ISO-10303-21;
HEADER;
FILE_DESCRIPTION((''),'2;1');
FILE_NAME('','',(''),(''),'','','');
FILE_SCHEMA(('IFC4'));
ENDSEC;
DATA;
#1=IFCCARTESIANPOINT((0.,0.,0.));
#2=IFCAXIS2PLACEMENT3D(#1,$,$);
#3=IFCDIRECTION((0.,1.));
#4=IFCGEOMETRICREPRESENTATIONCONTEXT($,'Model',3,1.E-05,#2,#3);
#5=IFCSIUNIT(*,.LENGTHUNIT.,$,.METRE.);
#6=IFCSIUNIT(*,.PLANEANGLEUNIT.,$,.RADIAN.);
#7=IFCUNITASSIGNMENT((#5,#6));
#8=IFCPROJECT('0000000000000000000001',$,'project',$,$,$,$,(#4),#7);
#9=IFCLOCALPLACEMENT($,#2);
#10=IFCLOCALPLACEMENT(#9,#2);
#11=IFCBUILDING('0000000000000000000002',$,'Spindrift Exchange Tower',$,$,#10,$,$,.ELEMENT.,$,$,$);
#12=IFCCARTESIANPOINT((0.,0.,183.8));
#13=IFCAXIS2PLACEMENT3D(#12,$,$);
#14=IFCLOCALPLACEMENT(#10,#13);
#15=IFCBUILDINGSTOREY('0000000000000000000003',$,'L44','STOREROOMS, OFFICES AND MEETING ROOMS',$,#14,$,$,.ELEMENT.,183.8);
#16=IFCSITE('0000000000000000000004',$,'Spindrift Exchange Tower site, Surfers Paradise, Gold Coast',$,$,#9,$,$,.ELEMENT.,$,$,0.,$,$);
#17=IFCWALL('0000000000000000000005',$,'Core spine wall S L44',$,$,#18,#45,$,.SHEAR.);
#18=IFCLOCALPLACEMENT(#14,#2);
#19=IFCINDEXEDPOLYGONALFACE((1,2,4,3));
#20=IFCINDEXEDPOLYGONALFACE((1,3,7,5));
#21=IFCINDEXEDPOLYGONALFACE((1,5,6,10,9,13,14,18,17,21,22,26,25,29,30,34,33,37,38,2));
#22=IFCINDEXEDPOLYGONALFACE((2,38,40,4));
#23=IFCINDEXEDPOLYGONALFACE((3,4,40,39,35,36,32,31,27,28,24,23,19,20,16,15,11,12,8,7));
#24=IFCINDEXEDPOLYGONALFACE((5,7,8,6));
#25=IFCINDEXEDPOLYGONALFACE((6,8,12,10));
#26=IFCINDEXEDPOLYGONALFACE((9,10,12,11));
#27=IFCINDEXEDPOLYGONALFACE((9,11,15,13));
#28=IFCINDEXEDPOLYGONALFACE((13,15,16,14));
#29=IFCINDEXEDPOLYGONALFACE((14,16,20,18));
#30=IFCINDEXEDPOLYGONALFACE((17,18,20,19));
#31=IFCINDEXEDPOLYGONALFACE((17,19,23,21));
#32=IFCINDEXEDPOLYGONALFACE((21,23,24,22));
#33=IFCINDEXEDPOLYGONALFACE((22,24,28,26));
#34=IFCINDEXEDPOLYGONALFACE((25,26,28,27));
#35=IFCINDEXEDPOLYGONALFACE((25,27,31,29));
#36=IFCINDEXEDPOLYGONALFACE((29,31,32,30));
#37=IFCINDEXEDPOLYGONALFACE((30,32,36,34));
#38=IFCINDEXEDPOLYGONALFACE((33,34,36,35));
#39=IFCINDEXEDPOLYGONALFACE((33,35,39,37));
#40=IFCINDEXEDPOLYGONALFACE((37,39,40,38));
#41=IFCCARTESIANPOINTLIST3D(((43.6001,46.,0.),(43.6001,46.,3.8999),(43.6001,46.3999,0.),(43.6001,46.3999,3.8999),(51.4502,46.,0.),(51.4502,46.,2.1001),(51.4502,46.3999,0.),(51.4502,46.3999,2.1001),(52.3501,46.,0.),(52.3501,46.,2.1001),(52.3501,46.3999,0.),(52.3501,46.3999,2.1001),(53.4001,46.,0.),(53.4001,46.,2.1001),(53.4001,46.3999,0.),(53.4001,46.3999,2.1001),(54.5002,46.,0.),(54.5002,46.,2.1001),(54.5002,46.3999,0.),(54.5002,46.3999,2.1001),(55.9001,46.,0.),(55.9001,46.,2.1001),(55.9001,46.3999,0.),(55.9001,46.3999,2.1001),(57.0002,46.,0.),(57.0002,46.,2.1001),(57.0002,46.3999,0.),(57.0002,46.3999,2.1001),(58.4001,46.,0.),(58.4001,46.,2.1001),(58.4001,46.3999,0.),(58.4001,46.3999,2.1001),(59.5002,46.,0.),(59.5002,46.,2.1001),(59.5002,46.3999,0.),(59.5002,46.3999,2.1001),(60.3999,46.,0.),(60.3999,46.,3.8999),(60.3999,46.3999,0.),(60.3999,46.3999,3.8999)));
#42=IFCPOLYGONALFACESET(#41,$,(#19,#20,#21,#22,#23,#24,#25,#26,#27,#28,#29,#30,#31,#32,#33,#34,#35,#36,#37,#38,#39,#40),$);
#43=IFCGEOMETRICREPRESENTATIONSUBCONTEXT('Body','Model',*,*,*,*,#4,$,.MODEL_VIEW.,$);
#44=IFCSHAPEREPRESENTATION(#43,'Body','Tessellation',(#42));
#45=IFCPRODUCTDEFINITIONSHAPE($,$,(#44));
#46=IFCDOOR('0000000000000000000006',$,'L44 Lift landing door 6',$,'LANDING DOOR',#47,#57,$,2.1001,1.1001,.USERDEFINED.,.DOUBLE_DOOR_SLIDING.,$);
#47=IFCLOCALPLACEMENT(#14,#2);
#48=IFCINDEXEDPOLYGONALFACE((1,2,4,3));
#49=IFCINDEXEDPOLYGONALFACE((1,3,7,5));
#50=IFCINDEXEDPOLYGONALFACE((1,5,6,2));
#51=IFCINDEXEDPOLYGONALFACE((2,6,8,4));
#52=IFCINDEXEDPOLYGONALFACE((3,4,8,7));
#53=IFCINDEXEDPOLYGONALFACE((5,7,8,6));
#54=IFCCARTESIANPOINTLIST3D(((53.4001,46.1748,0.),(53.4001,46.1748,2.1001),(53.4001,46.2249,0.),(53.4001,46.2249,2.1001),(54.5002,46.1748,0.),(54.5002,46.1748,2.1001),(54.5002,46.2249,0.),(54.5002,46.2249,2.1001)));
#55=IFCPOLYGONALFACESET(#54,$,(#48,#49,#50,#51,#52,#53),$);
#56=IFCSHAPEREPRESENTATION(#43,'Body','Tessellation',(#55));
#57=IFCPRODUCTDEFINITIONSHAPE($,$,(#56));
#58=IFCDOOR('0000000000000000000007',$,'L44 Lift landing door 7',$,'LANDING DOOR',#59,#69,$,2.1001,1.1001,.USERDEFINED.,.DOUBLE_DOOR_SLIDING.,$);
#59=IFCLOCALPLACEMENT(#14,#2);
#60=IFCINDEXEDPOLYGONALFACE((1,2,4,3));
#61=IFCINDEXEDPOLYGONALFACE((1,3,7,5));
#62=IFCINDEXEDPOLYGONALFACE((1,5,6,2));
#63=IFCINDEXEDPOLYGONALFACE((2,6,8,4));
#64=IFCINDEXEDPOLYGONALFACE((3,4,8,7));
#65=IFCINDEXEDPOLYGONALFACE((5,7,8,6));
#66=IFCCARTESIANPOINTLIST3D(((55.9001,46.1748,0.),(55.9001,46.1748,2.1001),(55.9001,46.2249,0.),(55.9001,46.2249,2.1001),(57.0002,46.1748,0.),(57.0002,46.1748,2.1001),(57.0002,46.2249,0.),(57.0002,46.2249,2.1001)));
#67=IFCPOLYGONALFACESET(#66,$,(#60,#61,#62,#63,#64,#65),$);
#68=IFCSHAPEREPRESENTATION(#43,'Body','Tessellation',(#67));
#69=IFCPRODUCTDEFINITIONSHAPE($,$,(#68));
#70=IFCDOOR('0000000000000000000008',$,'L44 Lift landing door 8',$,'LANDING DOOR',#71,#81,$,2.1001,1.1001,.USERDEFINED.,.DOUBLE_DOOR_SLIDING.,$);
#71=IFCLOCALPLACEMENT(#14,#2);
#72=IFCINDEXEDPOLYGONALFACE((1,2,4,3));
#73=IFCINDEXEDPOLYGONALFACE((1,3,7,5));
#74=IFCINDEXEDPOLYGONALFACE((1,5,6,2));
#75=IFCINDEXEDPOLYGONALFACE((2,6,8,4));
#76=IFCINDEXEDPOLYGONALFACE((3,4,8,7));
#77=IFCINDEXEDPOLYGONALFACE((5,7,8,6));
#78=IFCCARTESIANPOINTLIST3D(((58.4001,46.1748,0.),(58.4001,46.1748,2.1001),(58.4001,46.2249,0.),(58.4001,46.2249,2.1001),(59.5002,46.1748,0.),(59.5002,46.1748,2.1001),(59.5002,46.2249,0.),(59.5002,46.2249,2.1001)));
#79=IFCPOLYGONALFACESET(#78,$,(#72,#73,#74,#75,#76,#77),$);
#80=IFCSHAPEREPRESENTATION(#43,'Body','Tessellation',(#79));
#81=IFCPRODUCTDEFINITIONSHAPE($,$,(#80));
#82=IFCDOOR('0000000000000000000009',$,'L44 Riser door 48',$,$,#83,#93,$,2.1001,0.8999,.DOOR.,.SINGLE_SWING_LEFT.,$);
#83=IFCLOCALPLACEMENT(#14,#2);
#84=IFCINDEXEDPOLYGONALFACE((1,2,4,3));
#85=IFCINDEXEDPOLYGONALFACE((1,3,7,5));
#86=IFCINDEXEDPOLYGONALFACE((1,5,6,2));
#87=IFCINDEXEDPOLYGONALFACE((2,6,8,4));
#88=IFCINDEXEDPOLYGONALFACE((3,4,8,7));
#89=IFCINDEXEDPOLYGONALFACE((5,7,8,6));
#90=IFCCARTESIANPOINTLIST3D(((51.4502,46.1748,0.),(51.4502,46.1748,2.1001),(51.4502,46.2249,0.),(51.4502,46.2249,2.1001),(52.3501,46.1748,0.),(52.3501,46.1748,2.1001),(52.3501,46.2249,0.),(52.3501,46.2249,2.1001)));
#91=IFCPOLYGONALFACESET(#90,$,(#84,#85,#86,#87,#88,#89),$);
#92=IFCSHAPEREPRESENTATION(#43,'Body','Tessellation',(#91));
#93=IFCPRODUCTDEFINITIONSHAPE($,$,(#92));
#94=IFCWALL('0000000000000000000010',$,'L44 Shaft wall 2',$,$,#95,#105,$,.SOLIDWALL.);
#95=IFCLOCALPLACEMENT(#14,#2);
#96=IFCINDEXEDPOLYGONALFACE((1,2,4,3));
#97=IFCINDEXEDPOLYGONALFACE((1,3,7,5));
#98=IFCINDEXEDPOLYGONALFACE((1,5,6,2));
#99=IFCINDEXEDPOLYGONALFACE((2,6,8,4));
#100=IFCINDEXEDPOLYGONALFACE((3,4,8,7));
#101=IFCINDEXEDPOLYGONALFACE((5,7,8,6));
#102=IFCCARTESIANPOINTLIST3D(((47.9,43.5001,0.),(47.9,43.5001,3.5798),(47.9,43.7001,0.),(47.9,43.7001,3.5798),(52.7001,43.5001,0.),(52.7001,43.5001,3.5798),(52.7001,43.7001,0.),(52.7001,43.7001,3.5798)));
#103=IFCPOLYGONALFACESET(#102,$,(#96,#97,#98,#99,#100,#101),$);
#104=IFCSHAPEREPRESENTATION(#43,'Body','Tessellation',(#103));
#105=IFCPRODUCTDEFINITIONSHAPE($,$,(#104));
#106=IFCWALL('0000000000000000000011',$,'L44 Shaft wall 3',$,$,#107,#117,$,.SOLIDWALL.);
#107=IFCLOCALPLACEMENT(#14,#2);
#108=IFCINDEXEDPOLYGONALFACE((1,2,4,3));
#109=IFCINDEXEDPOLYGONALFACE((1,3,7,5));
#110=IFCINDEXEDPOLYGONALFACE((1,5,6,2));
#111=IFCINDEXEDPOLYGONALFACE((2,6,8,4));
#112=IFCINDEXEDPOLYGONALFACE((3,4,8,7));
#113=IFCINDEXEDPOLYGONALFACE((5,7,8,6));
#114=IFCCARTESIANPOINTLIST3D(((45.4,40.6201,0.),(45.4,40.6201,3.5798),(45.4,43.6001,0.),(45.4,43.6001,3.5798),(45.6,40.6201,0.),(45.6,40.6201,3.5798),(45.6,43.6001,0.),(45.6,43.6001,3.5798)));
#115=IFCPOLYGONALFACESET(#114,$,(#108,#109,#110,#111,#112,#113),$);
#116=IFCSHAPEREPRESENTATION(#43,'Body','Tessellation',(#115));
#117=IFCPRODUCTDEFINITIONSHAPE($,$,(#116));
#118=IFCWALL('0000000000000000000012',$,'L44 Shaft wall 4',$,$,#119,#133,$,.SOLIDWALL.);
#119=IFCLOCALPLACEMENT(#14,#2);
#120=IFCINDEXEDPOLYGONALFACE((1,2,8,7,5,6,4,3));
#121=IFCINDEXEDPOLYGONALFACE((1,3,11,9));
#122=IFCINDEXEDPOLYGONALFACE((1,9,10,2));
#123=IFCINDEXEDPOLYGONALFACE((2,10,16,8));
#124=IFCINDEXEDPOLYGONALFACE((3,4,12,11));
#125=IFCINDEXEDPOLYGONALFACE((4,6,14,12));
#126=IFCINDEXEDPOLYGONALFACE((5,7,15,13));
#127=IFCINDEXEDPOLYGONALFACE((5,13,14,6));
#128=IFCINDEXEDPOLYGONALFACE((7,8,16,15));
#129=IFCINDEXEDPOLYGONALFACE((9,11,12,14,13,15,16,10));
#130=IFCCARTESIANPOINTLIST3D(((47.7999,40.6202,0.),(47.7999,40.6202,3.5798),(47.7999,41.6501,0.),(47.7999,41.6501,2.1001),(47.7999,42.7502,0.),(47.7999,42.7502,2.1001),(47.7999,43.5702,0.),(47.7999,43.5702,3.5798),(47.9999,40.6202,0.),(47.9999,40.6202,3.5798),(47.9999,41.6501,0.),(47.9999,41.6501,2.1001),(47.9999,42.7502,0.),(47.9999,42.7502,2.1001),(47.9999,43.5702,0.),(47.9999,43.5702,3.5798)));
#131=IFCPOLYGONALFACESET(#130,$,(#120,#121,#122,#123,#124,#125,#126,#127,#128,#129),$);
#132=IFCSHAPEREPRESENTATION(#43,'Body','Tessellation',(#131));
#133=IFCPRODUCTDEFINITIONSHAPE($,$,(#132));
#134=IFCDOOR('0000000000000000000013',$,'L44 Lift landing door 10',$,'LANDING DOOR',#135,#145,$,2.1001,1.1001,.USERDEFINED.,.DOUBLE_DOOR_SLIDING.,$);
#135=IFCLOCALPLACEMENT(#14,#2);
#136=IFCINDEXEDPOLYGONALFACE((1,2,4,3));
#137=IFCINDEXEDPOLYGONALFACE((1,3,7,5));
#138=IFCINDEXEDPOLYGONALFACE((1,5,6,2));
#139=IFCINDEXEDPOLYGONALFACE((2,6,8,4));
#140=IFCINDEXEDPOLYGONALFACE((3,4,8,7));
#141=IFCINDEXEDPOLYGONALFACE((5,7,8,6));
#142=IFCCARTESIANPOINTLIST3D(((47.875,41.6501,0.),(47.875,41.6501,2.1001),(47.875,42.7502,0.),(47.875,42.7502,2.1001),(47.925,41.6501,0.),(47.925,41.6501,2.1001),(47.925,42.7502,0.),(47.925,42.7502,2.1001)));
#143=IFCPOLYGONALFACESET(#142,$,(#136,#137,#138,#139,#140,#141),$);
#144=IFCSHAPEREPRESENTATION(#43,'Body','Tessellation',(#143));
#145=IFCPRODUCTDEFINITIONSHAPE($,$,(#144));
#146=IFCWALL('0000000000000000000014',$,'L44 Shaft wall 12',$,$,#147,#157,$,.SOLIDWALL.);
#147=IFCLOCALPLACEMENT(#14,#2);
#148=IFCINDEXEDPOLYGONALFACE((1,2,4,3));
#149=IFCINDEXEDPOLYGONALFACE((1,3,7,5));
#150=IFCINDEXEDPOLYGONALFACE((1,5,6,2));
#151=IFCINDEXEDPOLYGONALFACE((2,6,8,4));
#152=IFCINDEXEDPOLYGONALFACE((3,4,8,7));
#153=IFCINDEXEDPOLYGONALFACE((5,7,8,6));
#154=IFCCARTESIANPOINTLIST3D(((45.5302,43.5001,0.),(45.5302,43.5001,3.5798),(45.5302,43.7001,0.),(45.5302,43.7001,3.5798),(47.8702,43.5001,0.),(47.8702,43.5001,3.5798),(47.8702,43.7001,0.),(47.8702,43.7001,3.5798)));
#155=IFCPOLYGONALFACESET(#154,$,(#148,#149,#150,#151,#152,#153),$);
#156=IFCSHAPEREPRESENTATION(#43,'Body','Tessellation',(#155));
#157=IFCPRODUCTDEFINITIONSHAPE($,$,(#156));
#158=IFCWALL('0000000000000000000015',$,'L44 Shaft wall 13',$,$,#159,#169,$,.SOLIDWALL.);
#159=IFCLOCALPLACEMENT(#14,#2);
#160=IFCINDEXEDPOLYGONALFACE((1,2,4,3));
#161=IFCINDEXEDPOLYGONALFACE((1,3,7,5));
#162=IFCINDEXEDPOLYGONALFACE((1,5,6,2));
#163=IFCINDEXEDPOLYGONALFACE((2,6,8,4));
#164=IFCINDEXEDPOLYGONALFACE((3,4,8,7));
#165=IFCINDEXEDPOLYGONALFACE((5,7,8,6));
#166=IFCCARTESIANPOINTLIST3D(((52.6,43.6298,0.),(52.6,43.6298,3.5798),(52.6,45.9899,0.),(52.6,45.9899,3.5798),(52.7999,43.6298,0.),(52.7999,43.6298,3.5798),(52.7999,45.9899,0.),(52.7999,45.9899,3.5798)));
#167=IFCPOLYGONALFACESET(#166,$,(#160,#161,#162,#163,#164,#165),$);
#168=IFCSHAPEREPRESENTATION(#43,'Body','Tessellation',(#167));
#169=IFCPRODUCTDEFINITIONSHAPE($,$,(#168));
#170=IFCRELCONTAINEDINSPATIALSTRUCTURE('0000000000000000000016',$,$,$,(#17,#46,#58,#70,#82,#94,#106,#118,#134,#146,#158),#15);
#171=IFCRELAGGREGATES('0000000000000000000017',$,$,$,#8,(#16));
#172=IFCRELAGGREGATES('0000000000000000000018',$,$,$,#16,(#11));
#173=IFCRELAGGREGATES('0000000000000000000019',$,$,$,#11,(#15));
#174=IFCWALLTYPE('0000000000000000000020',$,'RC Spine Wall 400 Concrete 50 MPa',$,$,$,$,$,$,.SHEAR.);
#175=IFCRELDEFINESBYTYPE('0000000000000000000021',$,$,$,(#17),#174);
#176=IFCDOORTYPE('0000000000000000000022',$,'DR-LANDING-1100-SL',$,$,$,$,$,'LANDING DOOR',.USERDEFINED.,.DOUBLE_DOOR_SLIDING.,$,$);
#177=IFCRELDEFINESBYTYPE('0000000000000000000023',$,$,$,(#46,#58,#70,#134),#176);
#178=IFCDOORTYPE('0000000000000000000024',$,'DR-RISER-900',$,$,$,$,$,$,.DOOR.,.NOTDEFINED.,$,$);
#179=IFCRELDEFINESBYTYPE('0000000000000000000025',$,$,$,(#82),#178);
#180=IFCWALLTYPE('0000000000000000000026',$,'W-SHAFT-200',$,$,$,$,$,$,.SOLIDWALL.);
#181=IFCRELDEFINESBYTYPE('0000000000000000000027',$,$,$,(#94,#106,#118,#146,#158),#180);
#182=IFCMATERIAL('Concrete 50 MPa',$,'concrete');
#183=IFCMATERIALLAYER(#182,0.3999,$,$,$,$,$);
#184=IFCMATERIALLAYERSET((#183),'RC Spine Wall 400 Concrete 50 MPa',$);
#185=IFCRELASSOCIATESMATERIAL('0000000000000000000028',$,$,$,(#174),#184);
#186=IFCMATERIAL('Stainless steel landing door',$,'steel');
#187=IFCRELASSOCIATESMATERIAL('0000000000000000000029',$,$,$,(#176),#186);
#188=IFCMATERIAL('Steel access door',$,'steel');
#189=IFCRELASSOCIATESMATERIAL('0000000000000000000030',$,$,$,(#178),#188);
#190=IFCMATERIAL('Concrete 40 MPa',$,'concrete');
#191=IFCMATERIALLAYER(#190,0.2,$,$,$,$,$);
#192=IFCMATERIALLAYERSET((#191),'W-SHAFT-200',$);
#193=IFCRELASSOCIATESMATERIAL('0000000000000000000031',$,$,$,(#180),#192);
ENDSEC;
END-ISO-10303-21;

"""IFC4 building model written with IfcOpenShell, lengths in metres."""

from ifc_helpers import new_model, si_unit, direction, frame, frame_2d, origin, place, context, subcontext, project, spatial, rectangle, extrude, source, transform, mapped, material, layer, layer_set, type_object, element, fill, save


model = new_model("IFC4")

# Units and contexts
model_context = context("Model", 3, precision=1e-05, world=origin(), true_north=direction((0.0, 1.0)))
body_context = subcontext(model_context, "Body", "Model", "MODEL_VIEW")
ifc_project = project(units=[si_unit("LENGTHUNIT", "METRE"), si_unit("PLANEANGLEUNIT", "RADIAN")], contexts=[model_context])

# Site, building, storey
site_placement = place(None, origin())
site = spatial("IfcSite", under=ifc_project, at=site_placement, Name="Spindrift Exchange Tower site, Surfers Paradise, Gold Coast", CompositionType="ELEMENT", RefElevation=0.0)
building_placement = place(site_placement, origin())
building = spatial("IfcBuilding", under=site, at=building_placement, Name="Spindrift Exchange Tower", CompositionType="ELEMENT")
storey_placement = place(building_placement, frame((0.0, 0.0, 183.8)))
storey = spatial("IfcBuildingStorey", under=building, at=storey_placement, Name="L44", Description="STOREROOMS, OFFICES AND MEETING ROOMS", CompositionType="ELEMENT", Elevation=183.8)

# Wall, openings, doors
ifc_material_1 = material(Name="Concrete 50 MPa", Category="concrete")
ifc_material_2 = material(Name="Steel access door", Category="steel")
ifc_layer_1 = layer(ifc_material_1, 0.3999)
ifc_layer_set_1 = layer_set([ifc_layer_1], Name="RC Spine Wall 400 Concrete 50 MPa")
wall_type_1 = type_object("IfcWallType", Name="RC Spine Wall 400 Concrete 50 MPa", PredefinedType="SHEAR", material=ifc_layer_set_1)
wall_1_placement = place(storey_placement, frame((43.6001, 46.2, 0.0), z_axis=(0.0, 0.0, 1.0), x_axis=(1.0, 0.0, 0.0)))
wall_1 = element("IfcWall", 1, at=wall_1_placement, inside=storey, type_object=wall_type_1, Name="Core spine wall S L44", PredefinedType="SHEAR", context=body_context, shape_type="SweptSolid", body=[
    extrude(rectangle(XDim=16.7998, YDim=0.3999, at=frame_2d((8.3999, 0.0))), origin(), (0.0, 0.0, 1.0), 3.8999),
])
opening_1_placement = place(wall_1_placement, frame((9.8, 0.0, 0.0)))
opening_1 = element("IfcOpeningElement", 2, at=opening_1_placement, cuts=wall_1, PredefinedType="OPENING", context=body_context, shape_type="SweptSolid", body=[
    extrude(rectangle(XDim=1.1001, YDim=2.1001, at=frame_2d((0.55, 1.05))), frame((0.0, 0.21, 0.0), z_axis=(0.0, -1.0, 0.0), x_axis=(1.0, 0.0, 0.0)), (0.0, 0.0, 1.0), 0.4199),
])
opening_2_placement = place(wall_1_placement, frame((12.3, 0.0, 0.0)))
opening_2 = element("IfcOpeningElement", 3, at=opening_2_placement, cuts=wall_1, PredefinedType="OPENING", context=body_context, shape_type="SweptSolid", body=[
    extrude(rectangle(XDim=1.1001, YDim=2.1001, at=frame_2d((0.55, 1.05))), frame((0.0, 0.21, 0.0), z_axis=(0.0, -1.0, 0.0), x_axis=(1.0, 0.0, 0.0)), (0.0, 0.0, 1.0), 0.4199),
])
opening_3_placement = place(wall_1_placement, frame((14.8, 0.0, 0.0)))
opening_3 = element("IfcOpeningElement", 4, at=opening_3_placement, cuts=wall_1, PredefinedType="OPENING", context=body_context, shape_type="SweptSolid", body=[
    extrude(rectangle(XDim=1.1001, YDim=2.1001, at=frame_2d((0.55, 1.05))), frame((0.0, 0.21, 0.0), z_axis=(0.0, -1.0, 0.0), x_axis=(1.0, 0.0, 0.0)), (0.0, 0.0, 1.0), 0.4199),
])
opening_4_placement = place(wall_1_placement, frame((7.8501, 0.0, 0.0)))
opening_4 = element("IfcOpeningElement", 5, at=opening_4_placement, cuts=wall_1, PredefinedType="OPENING", context=body_context, shape_type="SweptSolid", body=[
    extrude(rectangle(XDim=0.8999, YDim=2.1001, at=frame_2d((0.45, 1.05))), frame((0.0, 0.21, 0.0), z_axis=(0.0, -1.0, 0.0), x_axis=(1.0, 0.0, 0.0)), (0.0, 0.0, 1.0), 0.4199),
])
ifc_material_3 = material(Name="Stainless steel landing door", Category="steel")
door_type_1 = type_object("IfcDoorType", Name="DR-LANDING-1100-SL", ElementType="LANDING DOOR", OperationType="DOUBLE_DOOR_SLIDING", PredefinedType="USERDEFINED", material=ifc_material_3)
shared_shape_1 = source(origin(), body_context, "Body", "SweptSolid", [
    extrude(rectangle(XDim=1.1001, YDim=2.1001, at=frame_2d((0.55, 1.05))), frame((0.0, 0.0249, 0.0), z_axis=(0.0, -1.0, 0.0), x_axis=(1.0, 0.0, 0.0)), (0.0, 0.0, 1.0), 0.05),
])
door_1_placement = place(opening_1_placement, origin())
door_1 = element("IfcDoor", 6, at=door_1_placement, inside=storey, type_object=door_type_1, Name="L44 Lift landing door 6", ObjectType="LANDING DOOR", OperationType="DOUBLE_DOOR_SLIDING", OverallHeight=2.1001, OverallWidth=1.1001, PredefinedType="USERDEFINED", context=body_context, shape_type="MappedRepresentation", body=[
    mapped(shared_shape_1, transform((0.0, 0.0, 0.0), scale=1.0)),
])
fill(opening_1, door_1)
door_2_placement = place(opening_2_placement, origin())
door_2 = element("IfcDoor", 7, at=door_2_placement, inside=storey, type_object=door_type_1, Name="L44 Lift landing door 7", ObjectType="LANDING DOOR", OperationType="DOUBLE_DOOR_SLIDING", OverallHeight=2.1001, OverallWidth=1.1001, PredefinedType="USERDEFINED", context=body_context, shape_type="MappedRepresentation", body=[
    mapped(shared_shape_1, transform((0.0, 0.0, 0.0), scale=1.0)),
])
fill(opening_2, door_2)
door_3_placement = place(opening_3_placement, origin())
door_3 = element("IfcDoor", 8, at=door_3_placement, inside=storey, type_object=door_type_1, Name="L44 Lift landing door 8", ObjectType="LANDING DOOR", OperationType="DOUBLE_DOOR_SLIDING", OverallHeight=2.1001, OverallWidth=1.1001, PredefinedType="USERDEFINED", context=body_context, shape_type="MappedRepresentation", body=[
    mapped(shared_shape_1, transform((0.0, 0.0, 0.0), scale=1.0)),
])
fill(opening_3, door_3)
door_type_2 = type_object("IfcDoorType", Name="DR-RISER-900", OperationType="NOTDEFINED", PredefinedType="DOOR", material=ifc_material_2)
shared_shape_2 = source(origin(), body_context, "Body", "SweptSolid", [
    extrude(rectangle(XDim=0.8999, YDim=2.1001, at=frame_2d((0.45, 1.05))), frame((0.0, 0.0249, 0.0), z_axis=(0.0, -1.0, 0.0), x_axis=(1.0, 0.0, 0.0)), (0.0, 0.0, 1.0), 0.05),
])
door_4_placement = place(opening_4_placement, origin())
door_4 = element("IfcDoor", 9, at=door_4_placement, inside=storey, type_object=door_type_2, Name="L44 Riser door 48", OperationType="SINGLE_SWING_LEFT", OverallHeight=2.1001, OverallWidth=0.8999, PredefinedType="DOOR", context=body_context, shape_type="MappedRepresentation", body=[
    mapped(shared_shape_2, transform((0.0, 0.0, 0.0), scale=1.0)),
])
fill(opening_4, door_4)

# Walls
ifc_material_4 = material(Name="Concrete 40 MPa", Category="concrete")
ifc_layer_2 = layer(ifc_material_4, 0.2)
ifc_layer_set_2 = layer_set([ifc_layer_2], Name="W-SHAFT-200")
wall_type_2 = type_object("IfcWallType", Name="W-SHAFT-200", PredefinedType="SOLIDWALL", material=ifc_layer_set_2)
wall_2_placement = place(storey_placement, frame((52.7, 43.6001, 0.0), z_axis=(0.0, 0.0, 1.0), x_axis=(-1.0, 0.0, 0.0)))
element("IfcWall", 10, at=wall_2_placement, inside=storey, type_object=wall_type_2, Name="L44 Shaft wall 2", PredefinedType="SOLIDWALL", context=body_context, shape_type="SweptSolid", body=[
    extrude(rectangle(XDim=4.8, YDim=0.2, at=frame_2d((2.3999, 0.0))), origin(), (0.0, 0.0, 1.0), 3.5798),
])
wall_3_placement = place(storey_placement, frame((45.5, 43.6001, 0.0), z_axis=(0.0, 0.0, 1.0), x_axis=(0.0, -1.0, 0.0)))
element("IfcWall", 11, at=wall_3_placement, inside=storey, type_object=wall_type_2, Name="L44 Shaft wall 3", PredefinedType="SOLIDWALL", context=body_context, shape_type="SweptSolid", body=[
    extrude(rectangle(XDim=2.98, YDim=0.2, at=frame_2d((1.49, 0.0))), origin(), (0.0, 0.0, 1.0), 3.5798),
])

# Wall, opening, door
wall_4_placement = place(storey_placement, frame((47.8999, 40.6201, 0.0), z_axis=(0.0, 0.0, 1.0), x_axis=(0.0, 1.0, 0.0)))
wall_4 = element("IfcWall", 12, at=wall_4_placement, inside=storey, type_object=wall_type_2, Name="L44 Shaft wall 4", PredefinedType="SOLIDWALL", context=body_context, shape_type="SweptSolid", body=[
    extrude(rectangle(XDim=2.95, YDim=0.2, at=frame_2d((1.4751, 0.0))), origin(), (0.0, 0.0, 1.0), 3.5798),
])
opening_5_placement = place(wall_4_placement, frame((1.03, 0.0, 0.0)))
opening_5 = element("IfcOpeningElement", 13, at=opening_5_placement, cuts=wall_4, PredefinedType="OPENING", context=body_context, shape_type="SweptSolid", body=[
    extrude(rectangle(XDim=1.1001, YDim=2.1001, at=frame_2d((0.55, 1.05))), frame((0.0, 0.1099, 0.0), z_axis=(0.0, -1.0, 0.0), x_axis=(1.0, 0.0, 0.0)), (0.0, 0.0, 1.0), 0.22),
])
door_5_placement = place(opening_5_placement, origin())
door_5 = element("IfcDoor", 14, at=door_5_placement, inside=storey, type_object=door_type_1, Name="L44 Lift landing door 10", ObjectType="LANDING DOOR", OperationType="DOUBLE_DOOR_SLIDING", OverallHeight=2.1001, OverallWidth=1.1001, PredefinedType="USERDEFINED", context=body_context, shape_type="MappedRepresentation", body=[
    mapped(shared_shape_1, transform((0.0, 0.0, 0.0), scale=1.0)),
])
fill(opening_5, door_5)

# Walls
wall_5_placement = place(storey_placement, frame((47.8701, 43.6001, 0.0), z_axis=(0.0, 0.0, 1.0), x_axis=(-1.0, 0.0, 0.0)))
element("IfcWall", 15, at=wall_5_placement, inside=storey, type_object=wall_type_2, Name="L44 Shaft wall 12", PredefinedType="SOLIDWALL", context=body_context, shape_type="SweptSolid", body=[
    extrude(rectangle(XDim=2.3401, YDim=0.2, at=frame_2d((1.1699, 0.0))), origin(), (0.0, 0.0, 1.0), 3.5798),
])
wall_6_placement = place(storey_placement, frame((52.7, 45.99, 0.0), z_axis=(0.0, 0.0, 1.0), x_axis=(0.0, -1.0, 0.0)))
element("IfcWall", 16, at=wall_6_placement, inside=storey, type_object=wall_type_2, Name="L44 Shaft wall 13", PredefinedType="SOLIDWALL", context=body_context, shape_type="SweptSolid", body=[
    extrude(rectangle(XDim=2.3601, YDim=0.2, at=frame_2d((1.1802, 0.0))), origin(), (0.0, 0.0, 1.0), 3.5798),
])

save(model, "model.ifc")
